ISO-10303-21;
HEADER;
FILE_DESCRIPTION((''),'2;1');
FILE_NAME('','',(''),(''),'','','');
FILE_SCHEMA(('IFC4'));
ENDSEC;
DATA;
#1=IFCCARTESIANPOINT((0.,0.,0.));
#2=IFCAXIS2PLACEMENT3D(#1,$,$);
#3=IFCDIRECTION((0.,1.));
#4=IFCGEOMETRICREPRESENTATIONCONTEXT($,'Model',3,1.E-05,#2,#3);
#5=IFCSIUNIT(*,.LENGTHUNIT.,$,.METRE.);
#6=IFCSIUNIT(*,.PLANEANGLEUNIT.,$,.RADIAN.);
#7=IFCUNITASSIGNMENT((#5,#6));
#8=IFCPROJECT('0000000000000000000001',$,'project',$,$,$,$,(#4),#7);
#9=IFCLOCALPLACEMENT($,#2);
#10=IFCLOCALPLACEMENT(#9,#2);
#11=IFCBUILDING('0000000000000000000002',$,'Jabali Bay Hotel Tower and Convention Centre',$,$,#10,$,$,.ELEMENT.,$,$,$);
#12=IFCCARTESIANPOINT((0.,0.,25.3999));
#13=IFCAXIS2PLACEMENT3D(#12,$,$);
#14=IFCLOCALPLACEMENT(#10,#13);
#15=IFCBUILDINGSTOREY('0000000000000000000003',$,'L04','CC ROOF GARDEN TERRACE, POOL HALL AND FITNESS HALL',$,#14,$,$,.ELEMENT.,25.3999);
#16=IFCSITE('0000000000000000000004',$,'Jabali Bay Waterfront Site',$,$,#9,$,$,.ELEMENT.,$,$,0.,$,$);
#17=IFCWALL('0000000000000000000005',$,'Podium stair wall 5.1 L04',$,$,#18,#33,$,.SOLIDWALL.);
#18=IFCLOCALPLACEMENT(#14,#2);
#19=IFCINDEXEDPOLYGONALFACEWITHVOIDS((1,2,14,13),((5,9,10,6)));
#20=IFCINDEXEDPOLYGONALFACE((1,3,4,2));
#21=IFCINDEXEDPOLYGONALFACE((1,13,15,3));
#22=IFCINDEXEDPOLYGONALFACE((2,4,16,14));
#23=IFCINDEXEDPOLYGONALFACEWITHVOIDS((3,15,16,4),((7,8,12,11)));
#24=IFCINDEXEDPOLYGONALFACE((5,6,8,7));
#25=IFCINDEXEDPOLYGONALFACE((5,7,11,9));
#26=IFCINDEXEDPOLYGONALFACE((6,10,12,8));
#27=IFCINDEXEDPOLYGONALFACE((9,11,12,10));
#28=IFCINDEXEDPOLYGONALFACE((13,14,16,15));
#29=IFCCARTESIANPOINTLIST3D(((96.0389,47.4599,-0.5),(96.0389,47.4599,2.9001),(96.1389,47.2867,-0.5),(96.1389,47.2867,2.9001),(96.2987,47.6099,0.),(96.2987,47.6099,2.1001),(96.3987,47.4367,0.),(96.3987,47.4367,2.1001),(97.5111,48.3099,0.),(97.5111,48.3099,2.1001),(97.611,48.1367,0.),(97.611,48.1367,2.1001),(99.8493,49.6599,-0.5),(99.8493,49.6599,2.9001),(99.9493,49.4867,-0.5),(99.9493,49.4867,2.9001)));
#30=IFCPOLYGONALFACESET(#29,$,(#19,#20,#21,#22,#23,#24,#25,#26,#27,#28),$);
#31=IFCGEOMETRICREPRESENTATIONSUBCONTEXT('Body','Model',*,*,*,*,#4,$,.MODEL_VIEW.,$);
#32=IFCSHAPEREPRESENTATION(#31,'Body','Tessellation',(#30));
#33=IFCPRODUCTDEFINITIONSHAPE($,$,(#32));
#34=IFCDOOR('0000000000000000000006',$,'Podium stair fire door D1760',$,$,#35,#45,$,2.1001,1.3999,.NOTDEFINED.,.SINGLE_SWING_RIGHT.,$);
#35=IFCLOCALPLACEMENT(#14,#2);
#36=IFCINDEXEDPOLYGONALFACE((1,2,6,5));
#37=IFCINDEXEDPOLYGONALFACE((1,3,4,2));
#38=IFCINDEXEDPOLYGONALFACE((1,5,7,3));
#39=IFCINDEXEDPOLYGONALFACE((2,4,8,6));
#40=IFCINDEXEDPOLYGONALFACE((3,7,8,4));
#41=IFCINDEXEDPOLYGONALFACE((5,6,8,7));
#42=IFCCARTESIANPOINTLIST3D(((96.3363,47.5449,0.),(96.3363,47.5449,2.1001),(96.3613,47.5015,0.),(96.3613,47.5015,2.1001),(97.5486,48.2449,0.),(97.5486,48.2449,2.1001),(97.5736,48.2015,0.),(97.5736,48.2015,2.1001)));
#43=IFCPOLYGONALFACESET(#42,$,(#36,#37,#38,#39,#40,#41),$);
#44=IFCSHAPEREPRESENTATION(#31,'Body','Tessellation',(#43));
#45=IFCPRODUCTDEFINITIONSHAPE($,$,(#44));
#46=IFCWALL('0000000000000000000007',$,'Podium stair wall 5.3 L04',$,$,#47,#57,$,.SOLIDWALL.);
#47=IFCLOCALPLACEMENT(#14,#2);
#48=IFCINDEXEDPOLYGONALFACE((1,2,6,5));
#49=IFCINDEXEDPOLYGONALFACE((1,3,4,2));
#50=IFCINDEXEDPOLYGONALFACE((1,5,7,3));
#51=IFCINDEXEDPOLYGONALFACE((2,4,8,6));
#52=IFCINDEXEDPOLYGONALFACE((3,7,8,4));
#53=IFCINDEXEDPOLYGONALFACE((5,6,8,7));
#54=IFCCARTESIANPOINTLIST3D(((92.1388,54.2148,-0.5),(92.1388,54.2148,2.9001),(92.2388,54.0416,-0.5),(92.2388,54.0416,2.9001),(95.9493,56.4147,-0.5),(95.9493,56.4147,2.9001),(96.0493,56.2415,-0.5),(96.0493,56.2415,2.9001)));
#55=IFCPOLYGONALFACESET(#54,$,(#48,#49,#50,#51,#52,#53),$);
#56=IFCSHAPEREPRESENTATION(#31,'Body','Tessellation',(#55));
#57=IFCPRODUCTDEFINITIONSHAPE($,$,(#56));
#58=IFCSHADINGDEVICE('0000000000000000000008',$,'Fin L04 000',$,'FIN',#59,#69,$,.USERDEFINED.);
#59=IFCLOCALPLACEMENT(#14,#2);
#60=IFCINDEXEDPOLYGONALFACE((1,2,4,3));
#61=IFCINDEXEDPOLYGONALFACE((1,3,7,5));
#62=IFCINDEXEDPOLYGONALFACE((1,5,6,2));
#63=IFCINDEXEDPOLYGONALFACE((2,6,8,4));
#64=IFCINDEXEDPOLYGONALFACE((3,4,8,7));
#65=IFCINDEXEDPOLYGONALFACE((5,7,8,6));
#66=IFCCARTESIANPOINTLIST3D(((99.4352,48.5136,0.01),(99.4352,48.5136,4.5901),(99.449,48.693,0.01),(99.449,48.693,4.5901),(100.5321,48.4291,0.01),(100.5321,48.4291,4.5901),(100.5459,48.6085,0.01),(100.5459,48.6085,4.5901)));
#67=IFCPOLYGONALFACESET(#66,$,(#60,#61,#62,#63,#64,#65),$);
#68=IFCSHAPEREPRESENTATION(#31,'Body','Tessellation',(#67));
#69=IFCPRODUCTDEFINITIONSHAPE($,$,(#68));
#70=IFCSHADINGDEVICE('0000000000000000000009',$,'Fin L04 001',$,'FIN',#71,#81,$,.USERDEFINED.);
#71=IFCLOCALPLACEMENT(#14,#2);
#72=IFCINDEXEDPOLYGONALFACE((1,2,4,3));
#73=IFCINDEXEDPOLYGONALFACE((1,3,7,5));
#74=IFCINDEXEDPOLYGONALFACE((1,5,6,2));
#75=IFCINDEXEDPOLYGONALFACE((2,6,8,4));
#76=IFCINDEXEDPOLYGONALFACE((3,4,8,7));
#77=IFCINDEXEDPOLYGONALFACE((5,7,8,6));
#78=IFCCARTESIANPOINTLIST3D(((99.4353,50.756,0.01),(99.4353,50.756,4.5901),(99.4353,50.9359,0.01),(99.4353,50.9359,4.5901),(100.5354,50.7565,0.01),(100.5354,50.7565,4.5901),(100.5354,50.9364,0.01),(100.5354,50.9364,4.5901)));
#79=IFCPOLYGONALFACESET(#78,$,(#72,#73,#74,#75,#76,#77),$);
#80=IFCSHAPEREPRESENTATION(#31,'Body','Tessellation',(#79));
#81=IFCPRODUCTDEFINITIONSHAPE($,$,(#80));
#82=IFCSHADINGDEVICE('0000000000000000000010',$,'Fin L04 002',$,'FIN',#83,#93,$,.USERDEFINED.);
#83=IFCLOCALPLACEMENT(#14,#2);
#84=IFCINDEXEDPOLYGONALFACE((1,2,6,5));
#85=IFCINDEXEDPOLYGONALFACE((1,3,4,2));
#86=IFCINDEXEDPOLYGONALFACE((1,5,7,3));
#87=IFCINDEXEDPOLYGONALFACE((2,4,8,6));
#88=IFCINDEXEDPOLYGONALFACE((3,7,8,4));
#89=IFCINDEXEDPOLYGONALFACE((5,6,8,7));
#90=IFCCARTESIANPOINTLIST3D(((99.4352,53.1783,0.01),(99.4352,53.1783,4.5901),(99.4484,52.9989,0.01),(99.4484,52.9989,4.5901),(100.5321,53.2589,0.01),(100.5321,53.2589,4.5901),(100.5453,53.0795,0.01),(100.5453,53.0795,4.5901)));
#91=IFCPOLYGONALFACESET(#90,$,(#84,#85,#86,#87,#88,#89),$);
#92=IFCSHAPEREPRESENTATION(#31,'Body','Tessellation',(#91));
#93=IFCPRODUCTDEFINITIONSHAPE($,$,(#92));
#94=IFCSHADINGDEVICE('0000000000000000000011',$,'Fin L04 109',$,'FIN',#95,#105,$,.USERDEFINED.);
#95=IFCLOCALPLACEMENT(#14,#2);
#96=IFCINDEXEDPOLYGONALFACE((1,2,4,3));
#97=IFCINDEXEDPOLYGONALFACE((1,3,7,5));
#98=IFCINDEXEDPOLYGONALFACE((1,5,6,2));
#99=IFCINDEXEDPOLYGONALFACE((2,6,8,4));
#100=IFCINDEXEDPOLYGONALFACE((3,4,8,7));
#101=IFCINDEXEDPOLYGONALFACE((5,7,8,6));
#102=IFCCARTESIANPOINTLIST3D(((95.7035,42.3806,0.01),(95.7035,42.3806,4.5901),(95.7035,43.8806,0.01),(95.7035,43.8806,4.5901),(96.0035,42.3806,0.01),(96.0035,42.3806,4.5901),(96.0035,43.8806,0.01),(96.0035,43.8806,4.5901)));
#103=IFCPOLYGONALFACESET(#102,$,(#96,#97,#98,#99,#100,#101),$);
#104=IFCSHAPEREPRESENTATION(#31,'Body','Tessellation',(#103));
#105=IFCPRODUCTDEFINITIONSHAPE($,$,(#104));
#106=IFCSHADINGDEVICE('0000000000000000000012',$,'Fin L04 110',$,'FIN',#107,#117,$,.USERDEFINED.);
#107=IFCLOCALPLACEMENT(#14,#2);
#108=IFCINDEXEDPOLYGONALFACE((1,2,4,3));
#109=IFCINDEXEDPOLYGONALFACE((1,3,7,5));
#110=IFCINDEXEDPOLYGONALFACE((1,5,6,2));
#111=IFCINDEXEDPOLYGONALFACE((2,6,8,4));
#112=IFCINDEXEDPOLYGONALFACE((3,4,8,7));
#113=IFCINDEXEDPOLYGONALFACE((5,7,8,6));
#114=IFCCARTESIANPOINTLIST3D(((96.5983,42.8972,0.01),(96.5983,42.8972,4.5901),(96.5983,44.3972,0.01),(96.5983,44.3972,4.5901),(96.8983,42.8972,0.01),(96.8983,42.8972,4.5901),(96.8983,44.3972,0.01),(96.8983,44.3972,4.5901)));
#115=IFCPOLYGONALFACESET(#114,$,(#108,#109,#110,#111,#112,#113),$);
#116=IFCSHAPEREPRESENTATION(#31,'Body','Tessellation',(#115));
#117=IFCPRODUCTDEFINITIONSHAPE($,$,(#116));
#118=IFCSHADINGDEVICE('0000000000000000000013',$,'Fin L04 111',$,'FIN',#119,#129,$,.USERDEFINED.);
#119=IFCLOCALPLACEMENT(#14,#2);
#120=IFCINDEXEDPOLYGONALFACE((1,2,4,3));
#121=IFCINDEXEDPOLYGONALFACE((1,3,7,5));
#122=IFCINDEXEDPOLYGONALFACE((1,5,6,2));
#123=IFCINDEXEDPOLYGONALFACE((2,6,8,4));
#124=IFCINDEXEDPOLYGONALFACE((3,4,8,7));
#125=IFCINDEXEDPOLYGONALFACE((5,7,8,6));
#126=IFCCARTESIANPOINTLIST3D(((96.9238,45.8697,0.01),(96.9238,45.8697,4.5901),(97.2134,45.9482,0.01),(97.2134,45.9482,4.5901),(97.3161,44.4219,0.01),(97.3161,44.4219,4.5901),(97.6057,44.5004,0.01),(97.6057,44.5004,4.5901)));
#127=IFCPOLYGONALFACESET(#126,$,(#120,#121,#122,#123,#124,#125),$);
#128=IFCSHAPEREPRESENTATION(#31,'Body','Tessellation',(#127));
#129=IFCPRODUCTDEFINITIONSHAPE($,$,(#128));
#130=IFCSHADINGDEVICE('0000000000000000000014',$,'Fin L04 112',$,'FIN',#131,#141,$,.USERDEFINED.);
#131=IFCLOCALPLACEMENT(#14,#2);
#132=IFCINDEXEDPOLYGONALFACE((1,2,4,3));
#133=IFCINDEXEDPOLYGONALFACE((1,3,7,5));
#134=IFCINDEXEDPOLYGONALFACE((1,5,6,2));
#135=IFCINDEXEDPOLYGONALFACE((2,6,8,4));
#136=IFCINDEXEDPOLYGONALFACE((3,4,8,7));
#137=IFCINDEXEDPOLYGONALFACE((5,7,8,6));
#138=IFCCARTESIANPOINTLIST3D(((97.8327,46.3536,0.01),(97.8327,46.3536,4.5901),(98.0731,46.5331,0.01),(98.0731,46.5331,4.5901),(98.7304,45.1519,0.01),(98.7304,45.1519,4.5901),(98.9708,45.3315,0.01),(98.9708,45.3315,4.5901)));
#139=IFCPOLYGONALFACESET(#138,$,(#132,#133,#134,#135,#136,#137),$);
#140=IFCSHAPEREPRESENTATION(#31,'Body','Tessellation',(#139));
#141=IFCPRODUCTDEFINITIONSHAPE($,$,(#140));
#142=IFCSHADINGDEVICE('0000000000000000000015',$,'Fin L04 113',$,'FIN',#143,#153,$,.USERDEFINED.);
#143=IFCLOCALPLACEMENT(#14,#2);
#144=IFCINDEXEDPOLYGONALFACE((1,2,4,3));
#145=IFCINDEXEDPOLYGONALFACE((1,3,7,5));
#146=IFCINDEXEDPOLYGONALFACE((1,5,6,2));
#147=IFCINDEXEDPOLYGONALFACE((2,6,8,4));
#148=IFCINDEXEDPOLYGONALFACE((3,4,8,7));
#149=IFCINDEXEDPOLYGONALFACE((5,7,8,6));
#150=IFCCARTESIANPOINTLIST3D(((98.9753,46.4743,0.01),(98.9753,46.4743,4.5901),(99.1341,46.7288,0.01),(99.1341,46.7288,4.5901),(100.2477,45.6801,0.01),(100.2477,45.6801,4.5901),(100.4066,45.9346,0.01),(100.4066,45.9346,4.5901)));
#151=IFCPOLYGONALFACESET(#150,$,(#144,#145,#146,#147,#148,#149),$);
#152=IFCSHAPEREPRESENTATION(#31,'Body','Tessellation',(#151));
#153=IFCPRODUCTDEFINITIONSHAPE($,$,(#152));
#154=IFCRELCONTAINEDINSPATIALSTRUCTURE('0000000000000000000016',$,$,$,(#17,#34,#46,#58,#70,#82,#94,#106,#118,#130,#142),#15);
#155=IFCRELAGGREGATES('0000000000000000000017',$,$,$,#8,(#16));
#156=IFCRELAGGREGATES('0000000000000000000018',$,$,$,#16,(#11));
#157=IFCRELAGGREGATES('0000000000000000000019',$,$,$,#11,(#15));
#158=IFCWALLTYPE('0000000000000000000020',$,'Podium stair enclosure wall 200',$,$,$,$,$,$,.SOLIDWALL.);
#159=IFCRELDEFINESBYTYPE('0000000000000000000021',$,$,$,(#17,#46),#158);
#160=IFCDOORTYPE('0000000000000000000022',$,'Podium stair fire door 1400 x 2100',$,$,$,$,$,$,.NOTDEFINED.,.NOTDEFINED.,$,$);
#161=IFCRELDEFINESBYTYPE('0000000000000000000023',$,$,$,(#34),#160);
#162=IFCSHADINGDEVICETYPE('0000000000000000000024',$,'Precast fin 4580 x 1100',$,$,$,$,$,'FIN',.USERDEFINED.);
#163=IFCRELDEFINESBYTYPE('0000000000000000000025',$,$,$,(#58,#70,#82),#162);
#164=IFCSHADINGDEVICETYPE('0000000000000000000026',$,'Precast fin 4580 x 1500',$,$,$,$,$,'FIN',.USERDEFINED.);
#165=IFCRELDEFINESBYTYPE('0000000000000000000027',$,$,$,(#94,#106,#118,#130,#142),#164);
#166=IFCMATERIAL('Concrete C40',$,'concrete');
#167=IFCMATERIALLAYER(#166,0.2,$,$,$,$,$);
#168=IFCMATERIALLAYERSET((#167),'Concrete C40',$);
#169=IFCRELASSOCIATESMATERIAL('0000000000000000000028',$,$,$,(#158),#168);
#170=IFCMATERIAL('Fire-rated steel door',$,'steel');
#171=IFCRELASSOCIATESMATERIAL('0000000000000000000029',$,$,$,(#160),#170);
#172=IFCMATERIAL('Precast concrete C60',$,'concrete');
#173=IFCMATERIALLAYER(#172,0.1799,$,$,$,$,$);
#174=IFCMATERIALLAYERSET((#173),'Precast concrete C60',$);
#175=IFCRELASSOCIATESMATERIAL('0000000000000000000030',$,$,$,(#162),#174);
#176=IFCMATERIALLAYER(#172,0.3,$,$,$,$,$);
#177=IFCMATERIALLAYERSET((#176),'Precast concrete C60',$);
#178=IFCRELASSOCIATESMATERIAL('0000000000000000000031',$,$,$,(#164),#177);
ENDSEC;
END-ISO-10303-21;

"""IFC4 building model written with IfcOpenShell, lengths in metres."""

from ifc_helpers import new_model, si_unit, direction, frame, frame_2d, origin, place, context, subcontext, project, spatial, rectangle, extrude, material, layer, layer_set, type_object, element, fill, save


model = new_model("IFC4")

# Units and contexts
model_context = context("Model", 3, precision=1e-05, world=origin(), true_north=direction((0.0, 1.0)))
body_context = subcontext(model_context, "Body", "Model", "MODEL_VIEW")
ifc_project = project(units=[si_unit("LENGTHUNIT", "METRE"), si_unit("PLANEANGLEUNIT", "RADIAN")], contexts=[model_context])

# Site, building, storey
site_placement = place(None, origin())
site = spatial("IfcSite", under=ifc_project, at=site_placement, Name="Jabali Bay Waterfront Site", CompositionType="ELEMENT", RefElevation=0.0)
building_placement = place(site_placement, origin())
building = spatial("IfcBuilding", under=site, at=building_placement, Name="Jabali Bay Hotel Tower and Convention Centre", CompositionType="ELEMENT")
storey_placement = place(building_placement, frame((0.0, 0.0, 25.3999)))
storey = spatial("IfcBuildingStorey", under=building, at=storey_placement, Name="L04", Description="CC ROOF GARDEN TERRACE, POOL HALL AND FITNESS HALL", CompositionType="ELEMENT", Elevation=25.3999)

# Shared definitions
ifc_material_1 = material(Name="Concrete C40", Category="concrete")

# Wall, opening, door
ifc_layer_1 = layer(ifc_material_1, 0.2)
ifc_layer_set_1 = layer_set([ifc_layer_1], Name="Concrete C40")
wall_type_1 = type_object("IfcWallType", Name="Podium stair enclosure wall 200", PredefinedType="SOLIDWALL", material=ifc_layer_set_1)
wall_1_placement = place(storey_placement, frame((96.0889, 47.3733, -0.5), z_axis=(0.0, 0.0, 1.0), x_axis=(0.866018, 0.500012, 0.0)))
wall_1 = element("IfcWall", 1, at=wall_1_placement, inside=storey, type_object=wall_type_1, Name="Podium stair wall 5.1 L04", PredefinedType="SOLIDWALL", context=body_context, shape_type="SweptSolid", body=[
    extrude(rectangle(XDim=4.3999, YDim=0.2, at=frame_2d((2.2, 0.0))), origin(), (0.0, 0.0, 1.0), 3.4001),
])
opening_placement = place(wall_1_placement, frame((0.3, 0.0, 0.5)))
opening = element("IfcOpeningElement", 2, at=opening_placement, cuts=wall_1, PredefinedType="OPENING", context=body_context, shape_type="SweptSolid", body=[
    extrude(rectangle(XDim=1.3999, YDim=2.1001, at=frame_2d((0.7, 1.05))), frame((0.0, 0.1104, 0.0), z_axis=(0.0, -1.0, 0.0), x_axis=(1.0, 0.0, 0.0)), (0.0, 0.0, 1.0), 0.2209),
])
ifc_material_2 = material(Name="Fire-rated steel door", Category="steel")
door_type = type_object("IfcDoorType", Name="Podium stair fire door 1400 x 2100", OperationType="NOTDEFINED", PredefinedType="NOTDEFINED", material=ifc_material_2)
door_placement = place(opening_placement, origin())
door = element("IfcDoor", 3, at=door_placement, inside=storey, type_object=door_type, Name="Podium stair fire door D1760", OperationType="SINGLE_SWING_RIGHT", OverallHeight=2.1001, OverallWidth=1.3999, PredefinedType="NOTDEFINED", context=body_context, shape_type="SweptSolid", body=[
    extrude(rectangle(XDim=1.3999, YDim=2.1001, at=frame_2d((0.7, 1.05))), frame((0.0, 0.0249, 0.0), z_axis=(0.0, -1.0, 0.0), x_axis=(1.0, 0.0, 0.0)), (0.0, 0.0, 1.0), 0.05),
])
fill(opening, door)

# Wall
wall_2_placement = place(storey_placement, frame((95.9993, 56.3281, -0.5), z_axis=(0.0, 0.0, 1.0), x_axis=(-0.866032, -0.499988, 0.0)))
element("IfcWall", 4, at=wall_2_placement, inside=storey, type_object=wall_type_1, Name="Podium stair wall 5.3 L04", PredefinedType="SOLIDWALL", context=body_context, shape_type="SweptSolid", body=[
    extrude(rectangle(XDim=4.3999, YDim=0.2, at=frame_2d((2.2, 0.0))), origin(), (0.0, 0.0, 1.0), 3.4001),
])

# Shading devices
ifc_material_3 = material(Name="Precast concrete C60", Category="concrete")
ifc_layer_2 = layer(ifc_material_3, 0.1799)
ifc_layer_set_2 = layer_set([ifc_layer_2], Name="Precast concrete C60")
shading_device_type_1 = type_object("IfcShadingDeviceType", Name="Precast fin 4580 x 1100", ElementType="FIN", PredefinedType="USERDEFINED", material=ifc_layer_set_2)
for number, where, z_axis, x_axis, name in (
    (5, (99.4421, 48.6033, 0.01), (0.0, 0.0, 1.0), (0.997048, -0.076781, 0.0), "Fin L04 000"),
    (6, (99.4353, 50.8459, 0.01), (0.0, 0.0, 1.0), (1.0, 0.000444, 0.0), "Fin L04 001"),
):
    element("IfcShadingDevice", number, at=place(storey_placement, frame(where, z_axis=z_axis, x_axis=x_axis)), inside=storey, type_object=shading_device_type_1, Name=name, ObjectType="FIN", PredefinedType="USERDEFINED", context=body_context, shape_type="SweptSolid", body=[
        extrude(rectangle(XDim=1.1001, YDim=0.1799, at=frame_2d((0.55, 0.0))), origin(), (0.0, 0.0, 1.0), 4.5801),
    ])
shading_device_placement = place(storey_placement, frame((99.4419, 53.0886, 0.01), z_axis=(0.0, 0.0, 1.0), x_axis=(0.997314, 0.07325, 0.0)))
element("IfcShadingDevice", 7, at=shading_device_placement, inside=storey, type_object=shading_device_type_1, Name="Fin L04 002", ObjectType="FIN", PredefinedType="USERDEFINED", context=body_context, shape_type="SweptSolid", body=[
    extrude(rectangle(XDim=1.0999, YDim=0.1799, at=frame_2d((0.5498, 0.0))), origin(), (0.0, 0.0, 1.0), 4.5801),
])
ifc_layer_3 = layer(ifc_material_3, 0.3)
ifc_layer_set_3 = layer_set([ifc_layer_3], Name="Precast concrete C60")
shading_device_type_2 = type_object("IfcShadingDeviceType", Name="Precast fin 4580 x 1500", ElementType="FIN", PredefinedType="USERDEFINED", material=ifc_layer_set_3)
for number, where, z_axis, x_axis, name in (
    (8, (95.8535, 43.8806, 0.01), (0.0, 0.0, 1.0), (0.0, -1.0, 0.0), "Fin L04 109"),
    (9, (96.7483, 44.3972, 0.01), (0.0, 0.0, 1.0), (0.0, -1.0, 0.0), "Fin L04 110"),
    (10, (97.0686, 45.9089, 0.01), (0.0, 0.0, 1.0), (0.261561, -0.965187, 0.0), "Fin L04 111"),
    (11, (97.9529, 46.4434, 0.01), (0.0, 0.0, 1.0), (0.598488, -0.801131, 0.0), "Fin L04 112"),
    (12, (99.0547, 46.6016, 0.01), (0.0, 0.0, 1.0), (0.848327, -0.529472, 0.0), "Fin L04 113"),
):
    element("IfcShadingDevice", number, at=place(storey_placement, frame(where, z_axis=z_axis, x_axis=x_axis)), inside=storey, type_object=shading_device_type_2, Name=name, ObjectType="FIN", PredefinedType="USERDEFINED", context=body_context, shape_type="SweptSolid", body=[
        extrude(rectangle(XDim=1.5, YDim=0.3, at=frame_2d((0.75, 0.0))), origin(), (0.0, 0.0, 1.0), 4.5801),
    ])

save(model, "model.ifc")
